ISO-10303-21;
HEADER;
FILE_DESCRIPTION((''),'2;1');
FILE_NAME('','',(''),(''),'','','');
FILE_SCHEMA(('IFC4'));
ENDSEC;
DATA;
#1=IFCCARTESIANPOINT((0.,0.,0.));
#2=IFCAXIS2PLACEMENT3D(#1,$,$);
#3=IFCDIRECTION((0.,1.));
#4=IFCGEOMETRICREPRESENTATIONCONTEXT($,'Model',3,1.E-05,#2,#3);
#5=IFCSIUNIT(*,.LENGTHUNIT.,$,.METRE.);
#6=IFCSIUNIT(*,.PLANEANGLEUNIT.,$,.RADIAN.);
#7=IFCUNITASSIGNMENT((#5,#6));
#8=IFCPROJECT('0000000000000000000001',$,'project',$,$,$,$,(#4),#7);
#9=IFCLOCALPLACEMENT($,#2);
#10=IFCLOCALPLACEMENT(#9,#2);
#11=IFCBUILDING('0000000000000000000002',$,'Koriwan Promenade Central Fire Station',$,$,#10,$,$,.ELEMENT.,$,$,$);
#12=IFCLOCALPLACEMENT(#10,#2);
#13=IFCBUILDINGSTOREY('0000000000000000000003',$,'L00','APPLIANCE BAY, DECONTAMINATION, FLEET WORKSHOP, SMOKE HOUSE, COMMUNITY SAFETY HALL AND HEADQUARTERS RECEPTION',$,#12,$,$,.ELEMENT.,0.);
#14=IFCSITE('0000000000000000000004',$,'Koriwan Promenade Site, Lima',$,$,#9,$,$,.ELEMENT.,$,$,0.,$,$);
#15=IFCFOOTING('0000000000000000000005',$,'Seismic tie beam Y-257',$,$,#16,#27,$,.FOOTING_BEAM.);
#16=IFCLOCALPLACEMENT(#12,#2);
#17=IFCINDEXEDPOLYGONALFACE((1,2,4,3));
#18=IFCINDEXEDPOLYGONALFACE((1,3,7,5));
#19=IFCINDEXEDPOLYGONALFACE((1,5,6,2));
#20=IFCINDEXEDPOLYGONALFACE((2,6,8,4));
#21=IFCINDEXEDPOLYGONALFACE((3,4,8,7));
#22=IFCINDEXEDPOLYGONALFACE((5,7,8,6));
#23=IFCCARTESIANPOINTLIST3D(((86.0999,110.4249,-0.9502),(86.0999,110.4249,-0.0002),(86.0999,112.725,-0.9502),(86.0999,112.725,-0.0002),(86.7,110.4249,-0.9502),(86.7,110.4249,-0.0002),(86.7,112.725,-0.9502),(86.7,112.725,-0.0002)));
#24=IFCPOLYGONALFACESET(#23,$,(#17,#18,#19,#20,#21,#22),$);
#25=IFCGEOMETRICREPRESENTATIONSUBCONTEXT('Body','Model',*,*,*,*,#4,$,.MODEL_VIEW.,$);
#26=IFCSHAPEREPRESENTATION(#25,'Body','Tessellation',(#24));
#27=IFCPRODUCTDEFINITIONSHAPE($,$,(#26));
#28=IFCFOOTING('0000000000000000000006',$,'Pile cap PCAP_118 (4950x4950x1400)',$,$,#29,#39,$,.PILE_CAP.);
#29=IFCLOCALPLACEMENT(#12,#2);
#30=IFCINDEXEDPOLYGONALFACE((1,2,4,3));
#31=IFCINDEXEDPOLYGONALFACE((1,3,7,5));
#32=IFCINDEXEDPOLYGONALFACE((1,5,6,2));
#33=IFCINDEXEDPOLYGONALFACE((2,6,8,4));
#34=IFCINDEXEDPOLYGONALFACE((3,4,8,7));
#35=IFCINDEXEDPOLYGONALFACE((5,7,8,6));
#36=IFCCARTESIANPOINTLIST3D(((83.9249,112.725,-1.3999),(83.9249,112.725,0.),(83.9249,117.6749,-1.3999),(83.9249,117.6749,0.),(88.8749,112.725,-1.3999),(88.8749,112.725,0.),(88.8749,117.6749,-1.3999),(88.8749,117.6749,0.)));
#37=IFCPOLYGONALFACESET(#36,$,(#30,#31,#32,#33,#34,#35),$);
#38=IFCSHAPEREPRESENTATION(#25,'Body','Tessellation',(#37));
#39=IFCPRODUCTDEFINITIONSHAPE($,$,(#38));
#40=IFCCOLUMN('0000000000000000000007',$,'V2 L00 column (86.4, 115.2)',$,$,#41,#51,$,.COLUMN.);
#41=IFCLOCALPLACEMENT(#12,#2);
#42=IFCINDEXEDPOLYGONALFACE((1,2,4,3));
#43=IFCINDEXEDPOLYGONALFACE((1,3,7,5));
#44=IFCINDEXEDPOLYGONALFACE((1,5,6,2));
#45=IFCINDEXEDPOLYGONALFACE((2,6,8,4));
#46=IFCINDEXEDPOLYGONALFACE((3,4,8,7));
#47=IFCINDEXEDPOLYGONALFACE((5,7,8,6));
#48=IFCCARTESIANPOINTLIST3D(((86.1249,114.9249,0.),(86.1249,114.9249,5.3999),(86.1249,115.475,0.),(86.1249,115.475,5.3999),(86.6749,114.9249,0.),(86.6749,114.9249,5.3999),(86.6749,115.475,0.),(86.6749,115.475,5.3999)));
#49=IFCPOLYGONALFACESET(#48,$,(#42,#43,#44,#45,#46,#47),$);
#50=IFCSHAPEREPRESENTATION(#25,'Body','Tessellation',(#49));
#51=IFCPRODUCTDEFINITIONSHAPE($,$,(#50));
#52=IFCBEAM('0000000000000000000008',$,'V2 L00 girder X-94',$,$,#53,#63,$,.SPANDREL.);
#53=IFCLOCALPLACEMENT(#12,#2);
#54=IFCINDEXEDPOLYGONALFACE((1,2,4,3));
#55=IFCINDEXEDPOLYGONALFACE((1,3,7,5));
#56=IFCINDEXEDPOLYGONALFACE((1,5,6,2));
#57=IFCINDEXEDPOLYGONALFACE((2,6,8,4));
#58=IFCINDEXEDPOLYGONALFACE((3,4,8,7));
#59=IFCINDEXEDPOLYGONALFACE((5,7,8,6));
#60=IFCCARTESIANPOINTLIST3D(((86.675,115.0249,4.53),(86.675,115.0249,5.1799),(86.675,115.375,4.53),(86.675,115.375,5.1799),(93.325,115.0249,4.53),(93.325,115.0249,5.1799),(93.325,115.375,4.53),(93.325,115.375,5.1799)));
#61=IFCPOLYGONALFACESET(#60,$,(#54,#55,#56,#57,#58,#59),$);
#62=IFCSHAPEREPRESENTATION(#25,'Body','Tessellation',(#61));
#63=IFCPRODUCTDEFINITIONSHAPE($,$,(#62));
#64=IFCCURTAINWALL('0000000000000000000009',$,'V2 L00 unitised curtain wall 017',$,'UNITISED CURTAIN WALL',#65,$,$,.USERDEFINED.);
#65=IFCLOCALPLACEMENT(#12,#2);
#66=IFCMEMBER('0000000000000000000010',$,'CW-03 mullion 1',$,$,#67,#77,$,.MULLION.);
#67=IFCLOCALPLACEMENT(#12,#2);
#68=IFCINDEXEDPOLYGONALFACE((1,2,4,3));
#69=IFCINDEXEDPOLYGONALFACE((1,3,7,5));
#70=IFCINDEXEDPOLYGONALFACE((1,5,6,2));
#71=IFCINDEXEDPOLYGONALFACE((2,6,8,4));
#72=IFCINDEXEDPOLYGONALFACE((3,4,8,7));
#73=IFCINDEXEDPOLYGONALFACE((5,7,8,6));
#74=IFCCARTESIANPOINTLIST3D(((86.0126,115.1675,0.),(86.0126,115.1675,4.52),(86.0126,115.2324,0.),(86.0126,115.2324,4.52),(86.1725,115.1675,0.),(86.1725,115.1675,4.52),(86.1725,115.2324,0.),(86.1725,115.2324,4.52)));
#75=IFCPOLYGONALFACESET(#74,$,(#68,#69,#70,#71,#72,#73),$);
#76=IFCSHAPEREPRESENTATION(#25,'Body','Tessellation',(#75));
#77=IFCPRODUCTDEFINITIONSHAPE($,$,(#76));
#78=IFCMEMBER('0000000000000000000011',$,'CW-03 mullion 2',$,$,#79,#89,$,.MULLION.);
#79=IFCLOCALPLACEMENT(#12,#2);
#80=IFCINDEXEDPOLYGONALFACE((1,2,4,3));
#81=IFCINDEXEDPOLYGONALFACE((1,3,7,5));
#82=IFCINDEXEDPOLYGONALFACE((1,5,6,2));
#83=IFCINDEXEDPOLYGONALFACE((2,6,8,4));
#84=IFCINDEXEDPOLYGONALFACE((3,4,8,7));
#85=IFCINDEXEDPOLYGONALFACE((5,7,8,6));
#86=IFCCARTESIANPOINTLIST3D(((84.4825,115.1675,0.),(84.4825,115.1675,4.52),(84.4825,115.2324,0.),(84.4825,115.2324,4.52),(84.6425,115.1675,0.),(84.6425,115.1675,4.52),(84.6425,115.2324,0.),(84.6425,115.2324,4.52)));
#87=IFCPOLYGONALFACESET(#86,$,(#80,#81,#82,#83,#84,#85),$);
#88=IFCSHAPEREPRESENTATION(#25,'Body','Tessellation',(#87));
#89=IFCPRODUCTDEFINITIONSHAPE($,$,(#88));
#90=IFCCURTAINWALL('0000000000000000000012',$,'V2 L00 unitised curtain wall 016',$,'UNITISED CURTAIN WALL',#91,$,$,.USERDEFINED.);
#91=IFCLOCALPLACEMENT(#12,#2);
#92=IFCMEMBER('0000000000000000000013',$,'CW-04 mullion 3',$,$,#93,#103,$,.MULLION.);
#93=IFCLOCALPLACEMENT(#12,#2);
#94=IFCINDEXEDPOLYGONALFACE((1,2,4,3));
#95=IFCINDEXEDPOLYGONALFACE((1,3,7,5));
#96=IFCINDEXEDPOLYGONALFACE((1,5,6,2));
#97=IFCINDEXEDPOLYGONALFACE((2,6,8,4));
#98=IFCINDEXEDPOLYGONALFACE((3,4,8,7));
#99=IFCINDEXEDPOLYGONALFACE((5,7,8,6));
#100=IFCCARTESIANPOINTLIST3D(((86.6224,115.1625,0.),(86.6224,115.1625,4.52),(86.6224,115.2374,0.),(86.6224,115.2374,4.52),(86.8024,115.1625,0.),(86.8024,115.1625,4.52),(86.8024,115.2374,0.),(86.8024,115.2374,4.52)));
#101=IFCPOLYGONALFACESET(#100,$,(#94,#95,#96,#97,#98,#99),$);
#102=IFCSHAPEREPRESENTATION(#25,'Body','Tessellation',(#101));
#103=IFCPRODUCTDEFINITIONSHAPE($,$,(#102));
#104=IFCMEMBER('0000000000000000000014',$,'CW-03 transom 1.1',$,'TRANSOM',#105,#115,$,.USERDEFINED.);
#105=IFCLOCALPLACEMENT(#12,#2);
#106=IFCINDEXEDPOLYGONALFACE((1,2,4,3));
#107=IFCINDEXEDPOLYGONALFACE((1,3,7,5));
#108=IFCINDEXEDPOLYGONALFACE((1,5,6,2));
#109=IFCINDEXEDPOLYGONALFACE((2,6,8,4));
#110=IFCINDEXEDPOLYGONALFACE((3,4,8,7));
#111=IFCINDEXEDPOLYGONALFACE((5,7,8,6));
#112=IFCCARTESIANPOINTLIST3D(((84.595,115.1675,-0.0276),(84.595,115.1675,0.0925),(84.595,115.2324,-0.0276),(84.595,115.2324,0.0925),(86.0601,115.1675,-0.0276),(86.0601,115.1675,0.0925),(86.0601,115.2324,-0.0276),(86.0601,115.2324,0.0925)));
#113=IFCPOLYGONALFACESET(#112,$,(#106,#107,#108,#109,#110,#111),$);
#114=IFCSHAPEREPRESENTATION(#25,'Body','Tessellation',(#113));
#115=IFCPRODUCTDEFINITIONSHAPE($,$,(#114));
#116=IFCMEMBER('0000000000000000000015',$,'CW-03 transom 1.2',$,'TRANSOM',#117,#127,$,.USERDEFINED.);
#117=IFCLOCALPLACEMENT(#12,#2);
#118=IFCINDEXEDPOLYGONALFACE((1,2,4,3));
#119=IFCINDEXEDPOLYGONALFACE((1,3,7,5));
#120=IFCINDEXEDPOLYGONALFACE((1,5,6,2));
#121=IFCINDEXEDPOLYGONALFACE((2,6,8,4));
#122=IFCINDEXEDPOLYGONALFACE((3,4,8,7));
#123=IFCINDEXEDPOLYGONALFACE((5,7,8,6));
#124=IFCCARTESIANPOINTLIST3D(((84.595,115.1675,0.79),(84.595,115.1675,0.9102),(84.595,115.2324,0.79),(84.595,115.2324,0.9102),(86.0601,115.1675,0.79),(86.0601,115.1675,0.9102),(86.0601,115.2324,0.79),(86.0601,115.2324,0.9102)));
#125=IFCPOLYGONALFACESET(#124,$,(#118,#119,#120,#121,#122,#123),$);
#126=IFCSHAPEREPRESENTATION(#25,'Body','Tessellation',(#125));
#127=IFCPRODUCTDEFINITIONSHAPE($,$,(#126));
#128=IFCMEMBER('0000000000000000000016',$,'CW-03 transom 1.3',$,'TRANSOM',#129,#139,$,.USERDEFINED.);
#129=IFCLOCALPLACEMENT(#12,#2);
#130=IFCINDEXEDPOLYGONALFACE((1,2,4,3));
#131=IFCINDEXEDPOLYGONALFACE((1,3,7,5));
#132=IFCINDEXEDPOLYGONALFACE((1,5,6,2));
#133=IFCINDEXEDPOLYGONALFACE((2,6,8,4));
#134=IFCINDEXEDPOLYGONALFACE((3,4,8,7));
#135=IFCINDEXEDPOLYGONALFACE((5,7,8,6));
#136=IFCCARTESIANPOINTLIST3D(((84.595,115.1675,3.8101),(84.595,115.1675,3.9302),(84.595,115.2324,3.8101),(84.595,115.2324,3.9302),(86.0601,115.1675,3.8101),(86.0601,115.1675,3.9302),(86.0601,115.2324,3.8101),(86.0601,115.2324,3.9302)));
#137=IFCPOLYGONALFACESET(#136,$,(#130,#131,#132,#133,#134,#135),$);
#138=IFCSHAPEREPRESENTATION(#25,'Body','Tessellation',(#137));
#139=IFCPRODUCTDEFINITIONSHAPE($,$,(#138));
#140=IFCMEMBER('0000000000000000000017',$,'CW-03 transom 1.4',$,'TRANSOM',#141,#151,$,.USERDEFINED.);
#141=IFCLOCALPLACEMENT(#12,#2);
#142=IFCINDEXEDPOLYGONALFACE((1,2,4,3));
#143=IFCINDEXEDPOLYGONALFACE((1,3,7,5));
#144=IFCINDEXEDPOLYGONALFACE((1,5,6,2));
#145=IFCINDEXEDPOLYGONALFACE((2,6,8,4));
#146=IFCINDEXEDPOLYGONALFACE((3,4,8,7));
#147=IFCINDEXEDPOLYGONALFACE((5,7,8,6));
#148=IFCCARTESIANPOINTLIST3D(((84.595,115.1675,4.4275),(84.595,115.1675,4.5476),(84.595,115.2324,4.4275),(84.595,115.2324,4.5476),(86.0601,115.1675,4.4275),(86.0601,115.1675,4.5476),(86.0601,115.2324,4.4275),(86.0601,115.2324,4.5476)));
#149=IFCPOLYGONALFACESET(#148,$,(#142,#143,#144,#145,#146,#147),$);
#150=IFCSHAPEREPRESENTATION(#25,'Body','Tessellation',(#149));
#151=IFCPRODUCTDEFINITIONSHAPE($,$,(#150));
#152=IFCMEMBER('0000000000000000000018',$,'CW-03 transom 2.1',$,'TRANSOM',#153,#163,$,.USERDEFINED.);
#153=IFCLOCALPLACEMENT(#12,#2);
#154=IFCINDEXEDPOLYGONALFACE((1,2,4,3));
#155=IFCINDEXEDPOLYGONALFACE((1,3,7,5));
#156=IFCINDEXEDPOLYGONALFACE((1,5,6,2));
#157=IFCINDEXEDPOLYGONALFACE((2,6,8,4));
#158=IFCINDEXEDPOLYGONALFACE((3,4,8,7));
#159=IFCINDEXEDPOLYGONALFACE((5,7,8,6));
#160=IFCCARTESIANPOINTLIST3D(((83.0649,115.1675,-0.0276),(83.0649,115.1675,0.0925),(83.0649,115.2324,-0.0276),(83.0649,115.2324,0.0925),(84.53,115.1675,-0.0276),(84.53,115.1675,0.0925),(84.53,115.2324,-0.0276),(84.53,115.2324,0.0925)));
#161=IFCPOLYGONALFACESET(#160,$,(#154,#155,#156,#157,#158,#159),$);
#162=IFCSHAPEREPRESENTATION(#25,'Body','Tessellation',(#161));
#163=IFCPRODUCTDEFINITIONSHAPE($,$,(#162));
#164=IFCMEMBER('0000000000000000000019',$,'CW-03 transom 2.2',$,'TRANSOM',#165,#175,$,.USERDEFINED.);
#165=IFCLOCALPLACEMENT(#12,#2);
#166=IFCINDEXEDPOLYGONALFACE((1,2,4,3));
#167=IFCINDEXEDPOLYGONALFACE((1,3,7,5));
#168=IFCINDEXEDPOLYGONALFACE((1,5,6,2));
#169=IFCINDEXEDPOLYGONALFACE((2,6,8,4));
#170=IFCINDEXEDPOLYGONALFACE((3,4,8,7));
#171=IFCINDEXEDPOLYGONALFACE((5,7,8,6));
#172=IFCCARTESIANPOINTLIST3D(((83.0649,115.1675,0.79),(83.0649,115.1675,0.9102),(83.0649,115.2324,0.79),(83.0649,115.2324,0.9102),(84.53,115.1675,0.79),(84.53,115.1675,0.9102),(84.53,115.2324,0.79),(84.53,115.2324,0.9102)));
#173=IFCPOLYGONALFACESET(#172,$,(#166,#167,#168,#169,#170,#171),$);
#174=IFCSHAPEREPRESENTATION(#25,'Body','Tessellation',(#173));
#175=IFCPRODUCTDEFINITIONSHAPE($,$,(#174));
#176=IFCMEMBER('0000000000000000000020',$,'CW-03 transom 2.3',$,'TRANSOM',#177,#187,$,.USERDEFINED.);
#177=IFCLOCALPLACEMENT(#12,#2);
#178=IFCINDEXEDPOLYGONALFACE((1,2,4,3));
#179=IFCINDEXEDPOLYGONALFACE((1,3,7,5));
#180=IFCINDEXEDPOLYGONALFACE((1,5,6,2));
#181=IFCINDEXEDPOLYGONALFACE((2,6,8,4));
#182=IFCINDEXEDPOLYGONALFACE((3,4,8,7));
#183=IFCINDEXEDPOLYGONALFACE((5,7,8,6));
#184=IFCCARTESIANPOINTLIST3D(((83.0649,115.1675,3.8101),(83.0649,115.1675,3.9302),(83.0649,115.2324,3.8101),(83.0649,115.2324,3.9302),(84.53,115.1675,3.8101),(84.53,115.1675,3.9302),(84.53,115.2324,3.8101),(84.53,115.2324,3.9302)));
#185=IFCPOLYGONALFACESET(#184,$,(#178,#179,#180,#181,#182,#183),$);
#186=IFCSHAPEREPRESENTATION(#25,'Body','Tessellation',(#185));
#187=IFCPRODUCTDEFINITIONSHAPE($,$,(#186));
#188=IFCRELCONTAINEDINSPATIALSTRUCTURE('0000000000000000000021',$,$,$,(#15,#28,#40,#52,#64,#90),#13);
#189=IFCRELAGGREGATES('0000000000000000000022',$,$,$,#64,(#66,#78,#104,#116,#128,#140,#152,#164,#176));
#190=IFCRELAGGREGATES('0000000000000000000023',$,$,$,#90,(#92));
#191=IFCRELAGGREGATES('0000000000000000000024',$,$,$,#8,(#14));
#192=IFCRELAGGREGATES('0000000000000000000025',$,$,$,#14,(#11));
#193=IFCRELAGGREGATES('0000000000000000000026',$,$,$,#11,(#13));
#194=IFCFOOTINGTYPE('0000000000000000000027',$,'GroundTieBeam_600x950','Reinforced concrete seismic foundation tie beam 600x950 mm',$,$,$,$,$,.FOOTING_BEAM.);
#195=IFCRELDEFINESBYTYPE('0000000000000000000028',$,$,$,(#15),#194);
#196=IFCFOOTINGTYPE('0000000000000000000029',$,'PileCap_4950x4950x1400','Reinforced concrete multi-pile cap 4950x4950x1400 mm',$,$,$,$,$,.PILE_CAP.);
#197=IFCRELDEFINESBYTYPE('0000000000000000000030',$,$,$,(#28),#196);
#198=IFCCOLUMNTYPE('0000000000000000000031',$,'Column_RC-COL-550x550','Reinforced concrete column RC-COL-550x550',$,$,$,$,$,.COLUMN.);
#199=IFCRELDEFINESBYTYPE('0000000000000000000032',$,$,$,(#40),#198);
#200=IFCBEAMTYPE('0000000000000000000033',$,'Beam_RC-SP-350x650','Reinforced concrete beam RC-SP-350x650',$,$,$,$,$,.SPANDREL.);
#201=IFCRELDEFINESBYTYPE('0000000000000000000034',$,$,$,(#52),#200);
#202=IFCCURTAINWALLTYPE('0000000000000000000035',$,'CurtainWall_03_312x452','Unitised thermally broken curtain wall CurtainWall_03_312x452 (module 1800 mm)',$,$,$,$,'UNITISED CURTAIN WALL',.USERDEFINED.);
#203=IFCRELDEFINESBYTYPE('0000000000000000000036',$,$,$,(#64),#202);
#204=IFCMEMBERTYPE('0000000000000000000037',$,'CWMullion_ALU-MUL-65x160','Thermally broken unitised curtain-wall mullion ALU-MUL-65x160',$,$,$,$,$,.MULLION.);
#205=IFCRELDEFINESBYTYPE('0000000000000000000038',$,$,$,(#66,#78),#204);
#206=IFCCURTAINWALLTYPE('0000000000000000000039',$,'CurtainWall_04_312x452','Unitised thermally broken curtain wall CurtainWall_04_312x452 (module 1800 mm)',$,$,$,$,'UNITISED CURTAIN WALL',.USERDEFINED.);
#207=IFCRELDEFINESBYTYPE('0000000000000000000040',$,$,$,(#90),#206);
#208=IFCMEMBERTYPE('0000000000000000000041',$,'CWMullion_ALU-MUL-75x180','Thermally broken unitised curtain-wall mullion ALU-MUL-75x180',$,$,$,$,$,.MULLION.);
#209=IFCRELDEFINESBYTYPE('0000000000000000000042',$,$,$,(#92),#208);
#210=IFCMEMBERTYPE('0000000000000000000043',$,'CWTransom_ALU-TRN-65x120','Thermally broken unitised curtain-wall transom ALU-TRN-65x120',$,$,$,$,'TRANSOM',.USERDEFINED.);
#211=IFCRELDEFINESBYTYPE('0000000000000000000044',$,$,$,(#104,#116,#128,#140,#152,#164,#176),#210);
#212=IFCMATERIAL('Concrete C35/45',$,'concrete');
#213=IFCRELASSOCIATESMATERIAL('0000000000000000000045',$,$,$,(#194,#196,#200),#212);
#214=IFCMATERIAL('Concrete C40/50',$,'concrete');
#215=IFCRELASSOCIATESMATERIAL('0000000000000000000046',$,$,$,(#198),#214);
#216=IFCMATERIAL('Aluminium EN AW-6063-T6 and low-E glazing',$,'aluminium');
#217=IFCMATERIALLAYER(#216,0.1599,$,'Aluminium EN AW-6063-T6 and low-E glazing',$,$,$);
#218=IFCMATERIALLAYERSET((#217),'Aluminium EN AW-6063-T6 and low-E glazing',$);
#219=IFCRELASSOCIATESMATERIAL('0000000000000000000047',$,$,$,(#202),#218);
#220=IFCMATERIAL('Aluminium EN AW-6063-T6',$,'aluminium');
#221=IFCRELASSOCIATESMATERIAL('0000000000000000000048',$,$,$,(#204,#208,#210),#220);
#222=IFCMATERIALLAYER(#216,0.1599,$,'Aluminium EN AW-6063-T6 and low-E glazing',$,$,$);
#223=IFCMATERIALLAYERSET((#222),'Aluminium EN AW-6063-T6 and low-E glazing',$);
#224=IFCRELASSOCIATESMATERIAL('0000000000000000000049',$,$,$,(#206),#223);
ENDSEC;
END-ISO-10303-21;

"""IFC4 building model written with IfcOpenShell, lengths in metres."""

from ifc_helpers import new_model, si_unit, direction, frame, origin, origin_2d, place, context, subcontext, project, spatial, rectangle, extrude, material, layer, layer_set, material_profile, profile_set, type_object, element, aggregate, save


model = new_model("IFC4")

# Units and contexts
model_context = context("Model", 3, precision=1e-05, world=origin(), true_north=direction((0.0, 1.0)))
body_context = subcontext(model_context, "Body", "Model", "MODEL_VIEW")
ifc_project = project(units=[si_unit("LENGTHUNIT", "METRE"), si_unit("PLANEANGLEUNIT", "RADIAN")], contexts=[model_context])

# Site, building, storey
site_placement = place(None, origin())
site = spatial("IfcSite", under=ifc_project, at=site_placement, Name="Koriwan Promenade Site, Lima", CompositionType="ELEMENT", RefElevation=0.0)
building_placement = place(site_placement, origin())
building = spatial("IfcBuilding", under=site, at=building_placement, Name="Koriwan Promenade Central Fire Station", CompositionType="ELEMENT")
storey_placement = place(building_placement, origin())
storey = spatial("IfcBuildingStorey", under=building, at=storey_placement, Name="L00", Description="APPLIANCE BAY, DECONTAMINATION, FLEET WORKSHOP, SMOKE HOUSE, COMMUNITY SAFETY HALL AND HEADQUARTERS RECEPTION", CompositionType="ELEMENT", Elevation=0.0)

# Shared definitions
ifc_material_1 = material(Name="Concrete C35/45", Category="concrete")

# Footings
footing_type_1 = type_object("IfcFootingType", Name="GroundTieBeam_600x950", Description="Reinforced concrete seismic foundation tie beam 600x950 mm", PredefinedType="FOOTING_BEAM", material=ifc_material_1)
footing_1_placement = place(storey_placement, frame((86.3999, 111.575, -0.9502), z_axis=(0.0, 0.0, 1.0), x_axis=(0.0, 1.0, 0.0)))
element("IfcFooting", 1, at=footing_1_placement, inside=storey, type_object=footing_type_1, Name="Seismic tie beam Y-257", PredefinedType="FOOTING_BEAM", context=body_context, shape_type="SweptSolid", body=[
    extrude(rectangle(XDim=2.3, YDim=0.6001, at=origin_2d()), origin(), (0.0, 0.0, 1.0), 0.95),
])
footing_type_2 = type_object("IfcFootingType", Name="PileCap_4950x4950x1400", Description="Reinforced concrete multi-pile cap 4950x4950x1400 mm", PredefinedType="PILE_CAP", material=ifc_material_1)
footing_2_placement = place(storey_placement, frame((86.3999, 115.2, -1.3999), z_axis=(0.0, 0.0, 1.0), x_axis=(1.0, 0.0, 0.0)))
element("IfcFooting", 2, at=footing_2_placement, inside=storey, type_object=footing_type_2, Name="Pile cap PCAP_118 (4950x4950x1400)", PredefinedType="PILE_CAP", context=body_context, shape_type="SweptSolid", body=[
    extrude(rectangle(XDim=4.95, YDim=4.95, at=origin_2d()), origin(), (0.0, 0.0, 1.0), 1.3999),
])

# Column
ifc_material_2 = material(Name="Concrete C40/50", Category="concrete")
ifc_material_profile_1 = material_profile(ifc_material_2, rectangle(XDim=0.55, YDim=0.55, at=origin_2d()), Name="RC-COL-550x550")
ifc_profile_set_1 = profile_set([ifc_material_profile_1], Name="Concrete C40/50")
column_type = type_object("IfcColumnType", Name="Column_RC-COL-550x550", Description="Reinforced concrete column RC-COL-550x550", PredefinedType="COLUMN", material=ifc_profile_set_1)
column_placement = place(storey_placement, frame((86.3999, 115.2, 0.0), z_axis=(0.0, 0.0, 1.0), x_axis=(1.0, 0.0, 0.0)))
element("IfcColumn", 3, at=column_placement, inside=storey, type_object=column_type, Name="V2 L00 column (86.4, 115.2)", PredefinedType="COLUMN", context=body_context, shape_type="SweptSolid", body=[
    extrude(rectangle(XDim=0.55, YDim=0.55, at=origin_2d()), origin(), (0.0, 0.0, 1.0), 5.3999),
])

# Beam
ifc_material_profile_2 = material_profile(ifc_material_1, rectangle(XDim=0.3501, YDim=0.6499, at=origin_2d()), Name="RC-SP-350x650")
ifc_profile_set_2 = profile_set([ifc_material_profile_2], Name="Concrete C35/45")
beam_type = type_object("IfcBeamType", Name="Beam_RC-SP-350x650", Description="Reinforced concrete beam RC-SP-350x650", PredefinedType="SPANDREL", material=ifc_profile_set_2)
beam_placement = place(storey_placement, frame((86.675, 115.2, 4.855), z_axis=(1.0, 0.0, 0.0), x_axis=(0.0, 1.0, 0.0)))
element("IfcBeam", 4, at=beam_placement, inside=storey, type_object=beam_type, Name="V2 L00 girder X-94", PredefinedType="SPANDREL", context=body_context, shape_type="SweptSolid", body=[
    extrude(rectangle(XDim=0.3501, YDim=0.6499, at=origin_2d()), origin(), (0.0, 0.0, 1.0), 6.6499),
])

# Curtain wall, members
ifc_material_3 = material(Name="Aluminium EN AW-6063-T6 and low-E glazing", Category="aluminium")
ifc_layer_1 = layer(ifc_material_3, 0.1599, Name="Aluminium EN AW-6063-T6 and low-E glazing")
ifc_layer_set_1 = layer_set([ifc_layer_1], Name="Aluminium EN AW-6063-T6 and low-E glazing")
curtain_wall_type_1 = type_object("IfcCurtainWallType", Name="CurtainWall_03_312x452", Description="Unitised thermally broken curtain wall CurtainWall_03_312x452 (module 1800 mm)", ElementType="UNITISED CURTAIN WALL", PredefinedType="USERDEFINED", material=ifc_layer_set_1)
curtain_wall_1_placement = place(storey_placement, origin())
curtain_wall_1 = element("IfcCurtainWall", 5, at=curtain_wall_1_placement, inside=storey, type_object=curtain_wall_type_1, Name="V2 L00 unitised curtain wall 017", ObjectType="UNITISED CURTAIN WALL", PredefinedType="USERDEFINED")
ifc_material_4 = material(Name="Aluminium EN AW-6063-T6", Category="aluminium")
ifc_material_profile_3 = material_profile(ifc_material_4, rectangle(XDim=0.0649, YDim=0.1599, at=origin_2d()), Name="ALU-MUL-65x160")
ifc_profile_set_3 = profile_set([ifc_material_profile_3], Name="Aluminium EN AW-6063-T6")
member_type_1 = type_object("IfcMemberType", Name="CWMullion_ALU-MUL-65x160", Description="Thermally broken unitised curtain-wall mullion ALU-MUL-65x160", PredefinedType="MULLION", material=ifc_profile_set_3)
member_1_placement = place(storey_placement, frame((86.0925, 115.2, 0.0), z_axis=(0.0, 0.0, 1.0), x_axis=(0.0, -1.0, 0.0)))
member_1 = element("IfcMember", 6, at=member_1_placement, type_object=member_type_1, Name="CW-03 mullion 1", PredefinedType="MULLION", context=body_context, shape_type="SweptSolid", body=[
    extrude(rectangle(XDim=0.0649, YDim=0.1599, at=origin_2d()), origin(), (0.0, 0.0, 1.0), 4.52),
])
member_2_placement = place(storey_placement, frame((84.5625, 115.2, 0.0), z_axis=(0.0, 0.0, 1.0), x_axis=(0.0, -1.0, 0.0)))
member_2 = element("IfcMember", 7, at=member_2_placement, type_object=member_type_1, Name="CW-03 mullion 2", PredefinedType="MULLION", context=body_context, shape_type="SweptSolid", body=[
    extrude(rectangle(XDim=0.0649, YDim=0.1599, at=origin_2d()), origin(), (0.0, 0.0, 1.0), 4.52),
])

# Curtain wall, member
ifc_layer_2 = layer(ifc_material_3, 0.1599, Name="Aluminium EN AW-6063-T6 and low-E glazing")
ifc_layer_set_2 = layer_set([ifc_layer_2], Name="Aluminium EN AW-6063-T6 and low-E glazing")
curtain_wall_type_2 = type_object("IfcCurtainWallType", Name="CurtainWall_04_312x452", Description="Unitised thermally broken curtain wall CurtainWall_04_312x452 (module 1800 mm)", ElementType="UNITISED CURTAIN WALL", PredefinedType="USERDEFINED", material=ifc_layer_set_2)
curtain_wall_2_placement = place(storey_placement, origin())
curtain_wall_2 = element("IfcCurtainWall", 8, at=curtain_wall_2_placement, inside=storey, type_object=curtain_wall_type_2, Name="V2 L00 unitised curtain wall 016", ObjectType="UNITISED CURTAIN WALL", PredefinedType="USERDEFINED")
ifc_material_profile_4 = material_profile(ifc_material_4, rectangle(XDim=0.075, YDim=0.1799, at=origin_2d()), Name="ALU-MUL-75x180")
ifc_profile_set_4 = profile_set([ifc_material_profile_4], Name="Aluminium EN AW-6063-T6")
member_type_2 = type_object("IfcMemberType", Name="CWMullion_ALU-MUL-75x180", Description="Thermally broken unitised curtain-wall mullion ALU-MUL-75x180", PredefinedType="MULLION", material=ifc_profile_set_4)
member_3_placement = place(storey_placement, frame((86.7124, 115.2, 0.0), z_axis=(0.0, 0.0, 1.0), x_axis=(0.0, -1.0, 0.0)))
member_3 = element("IfcMember", 9, at=member_3_placement, type_object=member_type_2, Name="CW-04 mullion 3", PredefinedType="MULLION", context=body_context, shape_type="SweptSolid", body=[
    extrude(rectangle(XDim=0.075, YDim=0.1799, at=origin_2d()), origin(), (0.0, 0.0, 1.0), 4.52),
])

# Members
ifc_material_profile_5 = material_profile(ifc_material_4, rectangle(XDim=0.0649, YDim=0.1201, at=origin_2d()), Name="ALU-TRN-65x120")
ifc_profile_set_5 = profile_set([ifc_material_profile_5], Name="Aluminium EN AW-6063-T6")
member_type_3 = type_object("IfcMemberType", Name="CWTransom_ALU-TRN-65x120", Description="Thermally broken unitised curtain-wall transom ALU-TRN-65x120", ElementType="TRANSOM", PredefinedType="USERDEFINED", material=ifc_profile_set_5)
member_4_placement = place(storey_placement, frame((86.0601, 115.2, 0.0325), z_axis=(-1.0, 0.0, 0.0), x_axis=(0.0, -1.0, 0.0)))
member_4 = element("IfcMember", 10, at=member_4_placement, type_object=member_type_3, Name="CW-03 transom 1.1", ObjectType="TRANSOM", PredefinedType="USERDEFINED", context=body_context, shape_type="SweptSolid", body=[
    extrude(rectangle(XDim=0.0649, YDim=0.1201, at=origin_2d()), origin(), (0.0, 0.0, 1.0), 1.4651),
])
member_5_placement = place(storey_placement, frame((86.0601, 115.2, 0.8501), z_axis=(-1.0, 0.0, 0.0), x_axis=(0.0, -1.0, 0.0)))
member_5 = element("IfcMember", 11, at=member_5_placement, type_object=member_type_3, Name="CW-03 transom 1.2", ObjectType="TRANSOM", PredefinedType="USERDEFINED", context=body_context, shape_type="SweptSolid", body=[
    extrude(rectangle(XDim=0.0649, YDim=0.1201, at=origin_2d()), origin(), (0.0, 0.0, 1.0), 1.4651),
])
member_6_placement = place(storey_placement, frame((86.0601, 115.2, 3.8701), z_axis=(-1.0, 0.0, 0.0), x_axis=(0.0, -1.0, 0.0)))
member_6 = element("IfcMember", 12, at=member_6_placement, type_object=member_type_3, Name="CW-03 transom 1.3", ObjectType="TRANSOM", PredefinedType="USERDEFINED", context=body_context, shape_type="SweptSolid", body=[
    extrude(rectangle(XDim=0.0649, YDim=0.1201, at=origin_2d()), origin(), (0.0, 0.0, 1.0), 1.4651),
])
member_7_placement = place(storey_placement, frame((86.0601, 115.2, 4.4875), z_axis=(-1.0, 0.0, 0.0), x_axis=(0.0, -1.0, 0.0)))
member_7 = element("IfcMember", 13, at=member_7_placement, type_object=member_type_3, Name="CW-03 transom 1.4", ObjectType="TRANSOM", PredefinedType="USERDEFINED", context=body_context, shape_type="SweptSolid", body=[
    extrude(rectangle(XDim=0.0649, YDim=0.1201, at=origin_2d()), origin(), (0.0, 0.0, 1.0), 1.4651),
])
member_8_placement = place(storey_placement, frame((84.53, 115.2, 0.0325), z_axis=(-1.0, 0.0, 0.0), x_axis=(0.0, -1.0, 0.0)))
member_8 = element("IfcMember", 14, at=member_8_placement, type_object=member_type_3, Name="CW-03 transom 2.1", ObjectType="TRANSOM", PredefinedType="USERDEFINED", context=body_context, shape_type="SweptSolid", body=[
    extrude(rectangle(XDim=0.0649, YDim=0.1201, at=origin_2d()), origin(), (0.0, 0.0, 1.0), 1.4651),
])
member_9_placement = place(storey_placement, frame((84.53, 115.2, 0.8501), z_axis=(-1.0, 0.0, 0.0), x_axis=(0.0, -1.0, 0.0)))
member_9 = element("IfcMember", 15, at=member_9_placement, type_object=member_type_3, Name="CW-03 transom 2.2", ObjectType="TRANSOM", PredefinedType="USERDEFINED", context=body_context, shape_type="SweptSolid", body=[
    extrude(rectangle(XDim=0.0649, YDim=0.1201, at=origin_2d()), origin(), (0.0, 0.0, 1.0), 1.4651),
])
member_10_placement = place(storey_placement, frame((84.53, 115.2, 3.8701), z_axis=(-1.0, 0.0, 0.0), x_axis=(0.0, -1.0, 0.0)))
member_10 = element("IfcMember", 16, at=member_10_placement, type_object=member_type_3, Name="CW-03 transom 2.3", ObjectType="TRANSOM", PredefinedType="USERDEFINED", context=body_context, shape_type="SweptSolid", body=[
    extrude(rectangle(XDim=0.0649, YDim=0.1201, at=origin_2d()), origin(), (0.0, 0.0, 1.0), 1.4651),
])

aggregate(curtain_wall_1, [member_1, member_2, member_4, member_5, member_6, member_7, member_8, member_9, member_10])
aggregate(curtain_wall_2, [member_3])

save(model, "model.ifc")
